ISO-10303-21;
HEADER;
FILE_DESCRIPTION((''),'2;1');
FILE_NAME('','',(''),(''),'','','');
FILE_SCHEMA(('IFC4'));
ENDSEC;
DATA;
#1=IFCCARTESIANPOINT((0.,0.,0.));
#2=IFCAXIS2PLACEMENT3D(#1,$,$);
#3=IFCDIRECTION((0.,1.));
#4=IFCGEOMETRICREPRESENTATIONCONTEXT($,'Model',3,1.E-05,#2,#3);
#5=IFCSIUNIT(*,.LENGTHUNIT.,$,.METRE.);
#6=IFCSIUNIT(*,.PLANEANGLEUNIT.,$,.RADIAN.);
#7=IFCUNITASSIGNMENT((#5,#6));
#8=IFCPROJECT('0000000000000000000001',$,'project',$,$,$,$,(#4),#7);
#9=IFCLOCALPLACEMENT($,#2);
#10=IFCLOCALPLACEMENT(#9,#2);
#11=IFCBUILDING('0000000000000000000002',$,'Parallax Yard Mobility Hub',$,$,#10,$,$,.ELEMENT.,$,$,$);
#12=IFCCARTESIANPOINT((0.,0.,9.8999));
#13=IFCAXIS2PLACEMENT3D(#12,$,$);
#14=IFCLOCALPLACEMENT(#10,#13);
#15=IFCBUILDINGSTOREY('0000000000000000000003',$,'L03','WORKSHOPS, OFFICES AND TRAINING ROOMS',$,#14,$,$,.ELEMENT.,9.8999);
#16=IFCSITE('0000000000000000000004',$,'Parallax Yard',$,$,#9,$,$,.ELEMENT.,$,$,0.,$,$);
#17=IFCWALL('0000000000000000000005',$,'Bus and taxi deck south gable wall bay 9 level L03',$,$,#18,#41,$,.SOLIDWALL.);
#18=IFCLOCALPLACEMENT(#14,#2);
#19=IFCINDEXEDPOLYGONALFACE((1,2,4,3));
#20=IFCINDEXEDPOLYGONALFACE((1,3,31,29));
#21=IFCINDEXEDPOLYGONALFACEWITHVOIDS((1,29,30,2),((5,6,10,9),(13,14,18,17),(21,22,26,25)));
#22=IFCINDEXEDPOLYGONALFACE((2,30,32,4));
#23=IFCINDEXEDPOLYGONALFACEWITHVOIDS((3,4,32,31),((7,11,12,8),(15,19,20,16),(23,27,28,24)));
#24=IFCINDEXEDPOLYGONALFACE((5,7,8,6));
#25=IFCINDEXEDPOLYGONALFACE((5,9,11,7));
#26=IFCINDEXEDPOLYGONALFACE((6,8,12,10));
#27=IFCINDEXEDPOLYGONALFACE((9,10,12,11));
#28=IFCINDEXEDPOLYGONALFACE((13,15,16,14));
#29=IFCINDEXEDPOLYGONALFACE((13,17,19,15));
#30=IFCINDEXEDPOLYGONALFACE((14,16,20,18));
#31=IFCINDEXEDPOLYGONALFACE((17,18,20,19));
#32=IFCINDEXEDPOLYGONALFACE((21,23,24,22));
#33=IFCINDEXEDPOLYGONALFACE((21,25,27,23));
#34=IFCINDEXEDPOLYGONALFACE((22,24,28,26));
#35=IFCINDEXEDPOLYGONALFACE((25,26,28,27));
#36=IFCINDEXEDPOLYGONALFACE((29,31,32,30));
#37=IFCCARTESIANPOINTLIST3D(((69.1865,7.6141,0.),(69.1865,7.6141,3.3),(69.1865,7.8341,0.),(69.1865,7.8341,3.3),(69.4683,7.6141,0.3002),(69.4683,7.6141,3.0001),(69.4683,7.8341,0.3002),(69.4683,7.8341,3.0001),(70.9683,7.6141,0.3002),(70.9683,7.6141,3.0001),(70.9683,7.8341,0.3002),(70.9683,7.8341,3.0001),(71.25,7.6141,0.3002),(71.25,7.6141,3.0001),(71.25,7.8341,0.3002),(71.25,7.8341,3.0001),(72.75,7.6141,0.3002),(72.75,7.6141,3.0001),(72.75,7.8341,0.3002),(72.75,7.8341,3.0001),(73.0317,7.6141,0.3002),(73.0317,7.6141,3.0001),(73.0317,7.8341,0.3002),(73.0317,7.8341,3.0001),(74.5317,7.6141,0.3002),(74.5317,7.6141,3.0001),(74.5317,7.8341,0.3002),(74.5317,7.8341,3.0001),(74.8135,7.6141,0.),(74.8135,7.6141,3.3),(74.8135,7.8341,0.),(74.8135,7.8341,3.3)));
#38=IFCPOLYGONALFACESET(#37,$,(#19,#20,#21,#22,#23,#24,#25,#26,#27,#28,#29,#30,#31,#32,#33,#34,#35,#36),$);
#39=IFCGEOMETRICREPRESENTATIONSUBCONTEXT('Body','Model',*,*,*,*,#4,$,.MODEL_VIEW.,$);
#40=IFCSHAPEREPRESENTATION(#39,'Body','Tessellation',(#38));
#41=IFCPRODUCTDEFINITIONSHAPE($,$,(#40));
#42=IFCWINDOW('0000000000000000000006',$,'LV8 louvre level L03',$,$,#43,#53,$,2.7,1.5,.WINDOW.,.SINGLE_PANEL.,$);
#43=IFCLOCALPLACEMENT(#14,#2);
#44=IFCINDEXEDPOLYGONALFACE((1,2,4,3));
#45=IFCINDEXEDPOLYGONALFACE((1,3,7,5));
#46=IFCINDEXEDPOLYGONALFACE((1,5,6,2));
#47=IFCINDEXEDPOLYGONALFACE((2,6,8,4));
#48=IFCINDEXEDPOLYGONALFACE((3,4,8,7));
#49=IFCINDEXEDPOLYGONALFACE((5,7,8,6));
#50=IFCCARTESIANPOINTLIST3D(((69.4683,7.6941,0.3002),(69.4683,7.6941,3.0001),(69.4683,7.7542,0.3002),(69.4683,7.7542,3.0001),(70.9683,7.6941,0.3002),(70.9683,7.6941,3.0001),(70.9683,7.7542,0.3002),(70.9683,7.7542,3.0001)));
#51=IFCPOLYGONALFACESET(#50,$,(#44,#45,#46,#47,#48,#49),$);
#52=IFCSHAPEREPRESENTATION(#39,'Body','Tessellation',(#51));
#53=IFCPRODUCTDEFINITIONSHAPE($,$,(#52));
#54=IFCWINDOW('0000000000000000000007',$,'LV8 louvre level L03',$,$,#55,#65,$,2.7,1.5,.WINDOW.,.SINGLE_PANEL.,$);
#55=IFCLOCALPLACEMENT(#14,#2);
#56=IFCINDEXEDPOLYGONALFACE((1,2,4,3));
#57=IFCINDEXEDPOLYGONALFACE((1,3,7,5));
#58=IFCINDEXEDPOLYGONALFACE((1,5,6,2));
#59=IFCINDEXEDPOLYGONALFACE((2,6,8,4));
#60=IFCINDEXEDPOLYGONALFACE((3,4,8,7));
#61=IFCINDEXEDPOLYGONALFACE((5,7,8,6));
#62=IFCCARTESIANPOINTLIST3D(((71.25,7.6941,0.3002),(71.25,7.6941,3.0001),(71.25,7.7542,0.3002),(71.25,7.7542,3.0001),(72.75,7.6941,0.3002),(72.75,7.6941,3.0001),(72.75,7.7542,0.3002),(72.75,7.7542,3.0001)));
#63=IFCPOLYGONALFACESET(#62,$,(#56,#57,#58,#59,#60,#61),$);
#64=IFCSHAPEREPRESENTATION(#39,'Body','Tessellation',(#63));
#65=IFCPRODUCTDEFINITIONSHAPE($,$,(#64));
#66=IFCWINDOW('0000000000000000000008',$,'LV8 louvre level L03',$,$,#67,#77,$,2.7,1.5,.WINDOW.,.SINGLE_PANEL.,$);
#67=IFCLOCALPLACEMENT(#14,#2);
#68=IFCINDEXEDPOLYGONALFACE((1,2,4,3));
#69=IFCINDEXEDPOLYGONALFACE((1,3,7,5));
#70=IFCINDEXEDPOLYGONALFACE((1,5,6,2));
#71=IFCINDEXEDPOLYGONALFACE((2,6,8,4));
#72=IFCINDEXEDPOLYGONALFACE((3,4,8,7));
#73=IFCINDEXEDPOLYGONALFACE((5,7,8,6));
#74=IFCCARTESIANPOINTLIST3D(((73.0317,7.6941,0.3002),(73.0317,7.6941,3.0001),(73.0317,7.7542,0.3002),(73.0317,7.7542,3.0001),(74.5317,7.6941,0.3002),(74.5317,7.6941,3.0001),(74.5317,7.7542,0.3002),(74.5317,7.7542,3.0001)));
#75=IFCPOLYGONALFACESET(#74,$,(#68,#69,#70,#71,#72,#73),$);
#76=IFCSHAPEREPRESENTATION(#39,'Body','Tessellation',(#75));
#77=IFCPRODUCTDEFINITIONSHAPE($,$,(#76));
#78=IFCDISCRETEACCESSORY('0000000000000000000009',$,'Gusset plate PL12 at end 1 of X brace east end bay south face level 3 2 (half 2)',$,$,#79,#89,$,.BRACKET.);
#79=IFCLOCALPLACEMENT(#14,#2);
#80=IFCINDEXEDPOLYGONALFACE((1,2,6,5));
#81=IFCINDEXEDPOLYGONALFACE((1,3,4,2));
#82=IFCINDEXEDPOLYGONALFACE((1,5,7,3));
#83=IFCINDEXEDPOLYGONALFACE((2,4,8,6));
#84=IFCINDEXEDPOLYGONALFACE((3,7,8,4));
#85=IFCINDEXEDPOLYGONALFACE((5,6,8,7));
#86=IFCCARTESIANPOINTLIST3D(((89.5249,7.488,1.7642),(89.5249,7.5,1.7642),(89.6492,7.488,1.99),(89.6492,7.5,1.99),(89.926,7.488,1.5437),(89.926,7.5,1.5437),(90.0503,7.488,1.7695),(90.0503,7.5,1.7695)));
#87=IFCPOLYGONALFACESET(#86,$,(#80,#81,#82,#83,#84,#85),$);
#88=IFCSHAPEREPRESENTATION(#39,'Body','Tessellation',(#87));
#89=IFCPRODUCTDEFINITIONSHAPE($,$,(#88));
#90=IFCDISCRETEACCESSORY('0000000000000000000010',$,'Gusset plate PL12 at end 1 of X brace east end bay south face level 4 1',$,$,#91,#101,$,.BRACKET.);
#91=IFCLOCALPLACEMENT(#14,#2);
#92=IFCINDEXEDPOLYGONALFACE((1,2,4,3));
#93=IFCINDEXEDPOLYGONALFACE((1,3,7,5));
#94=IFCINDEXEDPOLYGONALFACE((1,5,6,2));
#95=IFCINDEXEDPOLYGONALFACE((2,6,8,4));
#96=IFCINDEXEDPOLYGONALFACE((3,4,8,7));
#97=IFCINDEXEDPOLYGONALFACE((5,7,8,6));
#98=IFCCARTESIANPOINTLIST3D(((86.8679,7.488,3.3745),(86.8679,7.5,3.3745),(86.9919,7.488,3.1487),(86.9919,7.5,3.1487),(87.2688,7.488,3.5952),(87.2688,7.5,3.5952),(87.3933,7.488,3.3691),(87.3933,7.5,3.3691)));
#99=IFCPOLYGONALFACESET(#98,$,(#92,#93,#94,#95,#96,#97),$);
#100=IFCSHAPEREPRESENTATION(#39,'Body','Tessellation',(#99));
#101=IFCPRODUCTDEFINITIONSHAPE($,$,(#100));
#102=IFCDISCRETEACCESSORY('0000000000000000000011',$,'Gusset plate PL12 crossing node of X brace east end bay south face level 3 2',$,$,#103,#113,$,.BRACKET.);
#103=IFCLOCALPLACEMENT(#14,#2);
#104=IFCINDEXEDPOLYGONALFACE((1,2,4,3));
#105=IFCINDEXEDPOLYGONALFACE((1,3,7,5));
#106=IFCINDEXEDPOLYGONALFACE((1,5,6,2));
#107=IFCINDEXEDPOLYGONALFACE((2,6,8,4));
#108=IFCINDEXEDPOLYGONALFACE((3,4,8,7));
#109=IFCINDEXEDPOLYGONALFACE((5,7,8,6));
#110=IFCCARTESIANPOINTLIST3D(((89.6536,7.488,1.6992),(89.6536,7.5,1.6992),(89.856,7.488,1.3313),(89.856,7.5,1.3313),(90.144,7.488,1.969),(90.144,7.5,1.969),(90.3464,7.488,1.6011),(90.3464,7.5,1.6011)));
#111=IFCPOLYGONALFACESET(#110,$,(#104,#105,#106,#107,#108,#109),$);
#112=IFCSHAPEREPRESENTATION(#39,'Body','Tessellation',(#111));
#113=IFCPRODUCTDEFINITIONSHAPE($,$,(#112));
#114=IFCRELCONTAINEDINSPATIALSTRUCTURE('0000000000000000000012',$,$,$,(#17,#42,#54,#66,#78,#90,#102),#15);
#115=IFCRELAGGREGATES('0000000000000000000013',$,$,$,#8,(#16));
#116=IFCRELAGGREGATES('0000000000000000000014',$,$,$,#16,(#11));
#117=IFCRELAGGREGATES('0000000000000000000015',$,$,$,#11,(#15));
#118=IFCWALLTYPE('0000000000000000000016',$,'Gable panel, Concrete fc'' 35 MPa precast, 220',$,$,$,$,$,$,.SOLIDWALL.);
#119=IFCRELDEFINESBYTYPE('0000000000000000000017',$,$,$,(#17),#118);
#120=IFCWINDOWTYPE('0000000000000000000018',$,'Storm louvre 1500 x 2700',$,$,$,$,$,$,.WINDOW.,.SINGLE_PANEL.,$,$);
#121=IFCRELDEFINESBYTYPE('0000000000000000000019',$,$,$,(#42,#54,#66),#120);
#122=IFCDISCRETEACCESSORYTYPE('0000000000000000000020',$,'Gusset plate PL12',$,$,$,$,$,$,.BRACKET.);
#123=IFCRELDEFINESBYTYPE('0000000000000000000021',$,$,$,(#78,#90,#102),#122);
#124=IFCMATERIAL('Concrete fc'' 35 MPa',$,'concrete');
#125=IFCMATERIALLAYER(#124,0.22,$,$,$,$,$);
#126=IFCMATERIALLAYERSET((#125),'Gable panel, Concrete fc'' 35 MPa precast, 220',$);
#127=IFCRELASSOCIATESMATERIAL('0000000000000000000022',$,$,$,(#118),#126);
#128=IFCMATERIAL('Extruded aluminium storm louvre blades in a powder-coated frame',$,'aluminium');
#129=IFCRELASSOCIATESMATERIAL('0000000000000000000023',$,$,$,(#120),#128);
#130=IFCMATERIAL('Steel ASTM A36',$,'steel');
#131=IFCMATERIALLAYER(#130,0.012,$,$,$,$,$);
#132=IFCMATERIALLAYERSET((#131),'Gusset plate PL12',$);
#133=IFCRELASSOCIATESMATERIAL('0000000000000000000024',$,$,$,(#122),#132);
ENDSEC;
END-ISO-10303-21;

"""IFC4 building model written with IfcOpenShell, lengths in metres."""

from ifc_helpers import new_model, si_unit, direction, frame, frame_2d, origin, place, context, subcontext, project, spatial, polyline, rectangle, outline, extrude, material, layer, layer_set, type_object, element, fill, save


model = new_model("IFC4")

# Units and contexts
model_context = context("Model", 3, precision=1e-05, world=origin(), true_north=direction((0.0, 1.0)))
body_context = subcontext(model_context, "Body", "Model", "MODEL_VIEW")
ifc_project = project(units=[si_unit("LENGTHUNIT", "METRE"), si_unit("PLANEANGLEUNIT", "RADIAN")], contexts=[model_context])

# Site, building, storey
site_placement = place(None, origin())
site = spatial("IfcSite", under=ifc_project, at=site_placement, Name="Parallax Yard", CompositionType="ELEMENT", RefElevation=0.0)
building_placement = place(site_placement, origin())
building = spatial("IfcBuilding", under=site, at=building_placement, Name="Parallax Yard Mobility Hub", CompositionType="ELEMENT")
storey_placement = place(building_placement, frame((0.0, 0.0, 9.8999)))
storey = spatial("IfcBuildingStorey", under=building, at=storey_placement, Name="L03", Description="WORKSHOPS, OFFICES AND TRAINING ROOMS", CompositionType="ELEMENT", Elevation=9.8999)

# Wall, openings, windows
ifc_material_1 = material(Name="Concrete fc' 35 MPa", Category="concrete")
ifc_layer_1 = layer(ifc_material_1, 0.22)
ifc_layer_set_1 = layer_set([ifc_layer_1], Name="Gable panel, Concrete fc' 35 MPa precast, 220")
wall_type = type_object("IfcWallType", Name="Gable panel, Concrete fc' 35 MPa precast, 220", PredefinedType="SOLIDWALL", material=ifc_layer_set_1)
ifc_material_2 = material(Name="Extruded aluminium storm louvre blades in a powder-coated frame", Category="aluminium")
window_type = type_object("IfcWindowType", Name="Storm louvre 1500 x 2700", PartitioningType="SINGLE_PANEL", PredefinedType="WINDOW", material=ifc_material_2)
wall_1_placement = place(storey_placement, frame((69.1865, 7.7241, 0.0), z_axis=(0.0, 0.0, 1.0), x_axis=(1.0, 0.0, 0.0)))
wall_1 = element("IfcWall", 1, at=wall_1_placement, inside=storey, type_object=wall_type, Name="Bus and taxi deck south gable wall bay 9 level L03", PredefinedType="SOLIDWALL", context=body_context, shape_type="SweptSolid", body=[
    extrude(rectangle(XDim=5.627, YDim=0.22, at=frame_2d((2.8135, 0.0))), origin(), (0.0, 0.0, 1.0), 3.3),
])
opening_1_placement = place(wall_1_placement, frame((0.2817, 0.0, 0.3)))
opening_1 = element("IfcOpeningElement", 2, at=opening_1_placement, cuts=wall_1, PredefinedType="OPENING", context=body_context, shape_type="SweptSolid", body=[
    extrude(rectangle(XDim=1.5, YDim=2.7, at=frame_2d((0.75, 1.3501))), frame((0.0, 0.1201, 0.0), z_axis=(0.0, -1.0, 0.0), x_axis=(1.0, 0.0, 0.0)), (0.0, 0.0, 1.0), 0.24),
])
opening_2_placement = place(wall_1_placement, frame((2.0635, 0.0, 0.3)))
opening_2 = element("IfcOpeningElement", 3, at=opening_2_placement, cuts=wall_1, PredefinedType="OPENING", context=body_context, shape_type="SweptSolid", body=[
    extrude(rectangle(XDim=1.5, YDim=2.7, at=frame_2d((0.75, 1.3501))), frame((0.0, 0.1201, 0.0), z_axis=(0.0, -1.0, 0.0), x_axis=(1.0, 0.0, 0.0)), (0.0, 0.0, 1.0), 0.24),
])
opening_3_placement = place(wall_1_placement, frame((3.8452, 0.0, 0.3)))
opening_3 = element("IfcOpeningElement", 4, at=opening_3_placement, cuts=wall_1, PredefinedType="OPENING", context=body_context, shape_type="SweptSolid", body=[
    extrude(rectangle(XDim=1.5, YDim=2.7, at=frame_2d((0.75, 1.3501))), frame((0.0, 0.1201, 0.0), z_axis=(0.0, -1.0, 0.0), x_axis=(1.0, 0.0, 0.0)), (0.0, 0.0, 1.0), 0.24),
])
window_1_placement = place(opening_1_placement, origin())
window_1 = element("IfcWindow", 5, at=window_1_placement, inside=storey, type_object=window_type, Name="LV8 louvre level L03", OverallHeight=2.7, OverallWidth=1.5, PartitioningType="SINGLE_PANEL", PredefinedType="WINDOW", context=body_context, shape_type="SweptSolid", body=[
    extrude(rectangle(XDim=1.5, YDim=2.7, at=frame_2d((0.75, 1.3501))), frame((0.0, 0.03, 0.0), z_axis=(0.0, -1.0, 0.0), x_axis=(1.0, 0.0, 0.0)), (0.0, 0.0, 1.0), 0.0601),
])
fill(opening_1, window_1)
window_2_placement = place(opening_2_placement, origin())
window_2 = element("IfcWindow", 6, at=window_2_placement, inside=storey, type_object=window_type, Name="LV8 louvre level L03", OverallHeight=2.7, OverallWidth=1.5, PartitioningType="SINGLE_PANEL", PredefinedType="WINDOW", context=body_context, shape_type="SweptSolid", body=[
    extrude(rectangle(XDim=1.5, YDim=2.7, at=frame_2d((0.75, 1.3501))), frame((0.0, 0.03, 0.0), z_axis=(0.0, -1.0, 0.0), x_axis=(1.0, 0.0, 0.0)), (0.0, 0.0, 1.0), 0.0601),
])
fill(opening_2, window_2)
window_3_placement = place(opening_3_placement, origin())
window_3 = element("IfcWindow", 7, at=window_3_placement, inside=storey, type_object=window_type, Name="LV8 louvre level L03", OverallHeight=2.7, OverallWidth=1.5, PartitioningType="SINGLE_PANEL", PredefinedType="WINDOW", context=body_context, shape_type="SweptSolid", body=[
    extrude(rectangle(XDim=1.5, YDim=2.7, at=frame_2d((0.75, 1.3501))), frame((0.0, 0.03, 0.0), z_axis=(0.0, -1.0, 0.0), x_axis=(1.0, 0.0, 0.0)), (0.0, 0.0, 1.0), 0.0601),
])
fill(opening_3, window_3)

# Discrete accessories
ifc_material_3 = material(Name="Steel ASTM A36", Category="steel")
ifc_layer_2 = layer(ifc_material_3, 0.012)
ifc_layer_set_2 = layer_set([ifc_layer_2], Name="Gusset plate PL12")
discrete_accessory_type = type_object("IfcDiscreteAccessoryType", Name="Gusset plate PL12", PredefinedType="BRACKET", material=ifc_layer_set_2)
discrete_accessory_1_placement = place(storey_placement, frame((89.6492, 7.5, 1.99), z_axis=(0.0, 1.0, 0.0), x_axis=(0.876362, 0.0, -0.481653)))
element("IfcDiscreteAccessory", 8, at=discrete_accessory_1_placement, inside=storey, type_object=discrete_accessory_type, Name="Gusset plate PL12 at end 1 of X brace east end bay south face level 3 2 (half 2)", PredefinedType="BRACKET", context=body_context, shape_type="SweptSolid", body=[
    extrude(outline(polyline([(0.0, 0.0), (0.4577, 0.0), (0.4576, 0.2578), (-0.0001, 0.2578), (0.0, 0.0)])), origin(), (0.0, 0.0, -1.0), 0.012),
])
discrete_accessory_2_placement = place(storey_placement, frame((87.3933, 7.5, 3.3691), z_axis=(0.0, 1.0, 0.0), x_axis=(-0.876486, 0.0, -0.481427)))
element("IfcDiscreteAccessory", 9, at=discrete_accessory_2_placement, inside=storey, type_object=discrete_accessory_type, Name="Gusset plate PL12 at end 1 of X brace east end bay south face level 4 1", PredefinedType="BRACKET", context=body_context, shape_type="SweptSolid", body=[
    extrude(outline(polyline([(0.0, 0.0), (0.4579, 0.0), (0.4579, 0.2576), (0.0003, 0.2581), (0.0, 0.0)])), origin(), (0.0, 0.0, -1.0), 0.012),
])
discrete_accessory_3_placement = place(storey_placement, frame((89.6536, 7.5, 1.6992), z_axis=(0.0, 1.0, 0.0), x_axis=(0.876207, 0.0, 0.481935)))
element("IfcDiscreteAccessory", 10, at=discrete_accessory_3_placement, inside=storey, type_object=discrete_accessory_type, Name="Gusset plate PL12 crossing node of X brace east end bay south face level 3 2", PredefinedType="BRACKET", context=body_context, shape_type="SweptSolid", body=[
    extrude(outline(polyline([(0.0, 0.0), (0.5598, 0.0), (0.5598, 0.4199), (0.0, 0.4199), (0.0, 0.0)])), origin(), (0.0, 0.0, -1.0), 0.012),
])

save(model, "model.ifc")
